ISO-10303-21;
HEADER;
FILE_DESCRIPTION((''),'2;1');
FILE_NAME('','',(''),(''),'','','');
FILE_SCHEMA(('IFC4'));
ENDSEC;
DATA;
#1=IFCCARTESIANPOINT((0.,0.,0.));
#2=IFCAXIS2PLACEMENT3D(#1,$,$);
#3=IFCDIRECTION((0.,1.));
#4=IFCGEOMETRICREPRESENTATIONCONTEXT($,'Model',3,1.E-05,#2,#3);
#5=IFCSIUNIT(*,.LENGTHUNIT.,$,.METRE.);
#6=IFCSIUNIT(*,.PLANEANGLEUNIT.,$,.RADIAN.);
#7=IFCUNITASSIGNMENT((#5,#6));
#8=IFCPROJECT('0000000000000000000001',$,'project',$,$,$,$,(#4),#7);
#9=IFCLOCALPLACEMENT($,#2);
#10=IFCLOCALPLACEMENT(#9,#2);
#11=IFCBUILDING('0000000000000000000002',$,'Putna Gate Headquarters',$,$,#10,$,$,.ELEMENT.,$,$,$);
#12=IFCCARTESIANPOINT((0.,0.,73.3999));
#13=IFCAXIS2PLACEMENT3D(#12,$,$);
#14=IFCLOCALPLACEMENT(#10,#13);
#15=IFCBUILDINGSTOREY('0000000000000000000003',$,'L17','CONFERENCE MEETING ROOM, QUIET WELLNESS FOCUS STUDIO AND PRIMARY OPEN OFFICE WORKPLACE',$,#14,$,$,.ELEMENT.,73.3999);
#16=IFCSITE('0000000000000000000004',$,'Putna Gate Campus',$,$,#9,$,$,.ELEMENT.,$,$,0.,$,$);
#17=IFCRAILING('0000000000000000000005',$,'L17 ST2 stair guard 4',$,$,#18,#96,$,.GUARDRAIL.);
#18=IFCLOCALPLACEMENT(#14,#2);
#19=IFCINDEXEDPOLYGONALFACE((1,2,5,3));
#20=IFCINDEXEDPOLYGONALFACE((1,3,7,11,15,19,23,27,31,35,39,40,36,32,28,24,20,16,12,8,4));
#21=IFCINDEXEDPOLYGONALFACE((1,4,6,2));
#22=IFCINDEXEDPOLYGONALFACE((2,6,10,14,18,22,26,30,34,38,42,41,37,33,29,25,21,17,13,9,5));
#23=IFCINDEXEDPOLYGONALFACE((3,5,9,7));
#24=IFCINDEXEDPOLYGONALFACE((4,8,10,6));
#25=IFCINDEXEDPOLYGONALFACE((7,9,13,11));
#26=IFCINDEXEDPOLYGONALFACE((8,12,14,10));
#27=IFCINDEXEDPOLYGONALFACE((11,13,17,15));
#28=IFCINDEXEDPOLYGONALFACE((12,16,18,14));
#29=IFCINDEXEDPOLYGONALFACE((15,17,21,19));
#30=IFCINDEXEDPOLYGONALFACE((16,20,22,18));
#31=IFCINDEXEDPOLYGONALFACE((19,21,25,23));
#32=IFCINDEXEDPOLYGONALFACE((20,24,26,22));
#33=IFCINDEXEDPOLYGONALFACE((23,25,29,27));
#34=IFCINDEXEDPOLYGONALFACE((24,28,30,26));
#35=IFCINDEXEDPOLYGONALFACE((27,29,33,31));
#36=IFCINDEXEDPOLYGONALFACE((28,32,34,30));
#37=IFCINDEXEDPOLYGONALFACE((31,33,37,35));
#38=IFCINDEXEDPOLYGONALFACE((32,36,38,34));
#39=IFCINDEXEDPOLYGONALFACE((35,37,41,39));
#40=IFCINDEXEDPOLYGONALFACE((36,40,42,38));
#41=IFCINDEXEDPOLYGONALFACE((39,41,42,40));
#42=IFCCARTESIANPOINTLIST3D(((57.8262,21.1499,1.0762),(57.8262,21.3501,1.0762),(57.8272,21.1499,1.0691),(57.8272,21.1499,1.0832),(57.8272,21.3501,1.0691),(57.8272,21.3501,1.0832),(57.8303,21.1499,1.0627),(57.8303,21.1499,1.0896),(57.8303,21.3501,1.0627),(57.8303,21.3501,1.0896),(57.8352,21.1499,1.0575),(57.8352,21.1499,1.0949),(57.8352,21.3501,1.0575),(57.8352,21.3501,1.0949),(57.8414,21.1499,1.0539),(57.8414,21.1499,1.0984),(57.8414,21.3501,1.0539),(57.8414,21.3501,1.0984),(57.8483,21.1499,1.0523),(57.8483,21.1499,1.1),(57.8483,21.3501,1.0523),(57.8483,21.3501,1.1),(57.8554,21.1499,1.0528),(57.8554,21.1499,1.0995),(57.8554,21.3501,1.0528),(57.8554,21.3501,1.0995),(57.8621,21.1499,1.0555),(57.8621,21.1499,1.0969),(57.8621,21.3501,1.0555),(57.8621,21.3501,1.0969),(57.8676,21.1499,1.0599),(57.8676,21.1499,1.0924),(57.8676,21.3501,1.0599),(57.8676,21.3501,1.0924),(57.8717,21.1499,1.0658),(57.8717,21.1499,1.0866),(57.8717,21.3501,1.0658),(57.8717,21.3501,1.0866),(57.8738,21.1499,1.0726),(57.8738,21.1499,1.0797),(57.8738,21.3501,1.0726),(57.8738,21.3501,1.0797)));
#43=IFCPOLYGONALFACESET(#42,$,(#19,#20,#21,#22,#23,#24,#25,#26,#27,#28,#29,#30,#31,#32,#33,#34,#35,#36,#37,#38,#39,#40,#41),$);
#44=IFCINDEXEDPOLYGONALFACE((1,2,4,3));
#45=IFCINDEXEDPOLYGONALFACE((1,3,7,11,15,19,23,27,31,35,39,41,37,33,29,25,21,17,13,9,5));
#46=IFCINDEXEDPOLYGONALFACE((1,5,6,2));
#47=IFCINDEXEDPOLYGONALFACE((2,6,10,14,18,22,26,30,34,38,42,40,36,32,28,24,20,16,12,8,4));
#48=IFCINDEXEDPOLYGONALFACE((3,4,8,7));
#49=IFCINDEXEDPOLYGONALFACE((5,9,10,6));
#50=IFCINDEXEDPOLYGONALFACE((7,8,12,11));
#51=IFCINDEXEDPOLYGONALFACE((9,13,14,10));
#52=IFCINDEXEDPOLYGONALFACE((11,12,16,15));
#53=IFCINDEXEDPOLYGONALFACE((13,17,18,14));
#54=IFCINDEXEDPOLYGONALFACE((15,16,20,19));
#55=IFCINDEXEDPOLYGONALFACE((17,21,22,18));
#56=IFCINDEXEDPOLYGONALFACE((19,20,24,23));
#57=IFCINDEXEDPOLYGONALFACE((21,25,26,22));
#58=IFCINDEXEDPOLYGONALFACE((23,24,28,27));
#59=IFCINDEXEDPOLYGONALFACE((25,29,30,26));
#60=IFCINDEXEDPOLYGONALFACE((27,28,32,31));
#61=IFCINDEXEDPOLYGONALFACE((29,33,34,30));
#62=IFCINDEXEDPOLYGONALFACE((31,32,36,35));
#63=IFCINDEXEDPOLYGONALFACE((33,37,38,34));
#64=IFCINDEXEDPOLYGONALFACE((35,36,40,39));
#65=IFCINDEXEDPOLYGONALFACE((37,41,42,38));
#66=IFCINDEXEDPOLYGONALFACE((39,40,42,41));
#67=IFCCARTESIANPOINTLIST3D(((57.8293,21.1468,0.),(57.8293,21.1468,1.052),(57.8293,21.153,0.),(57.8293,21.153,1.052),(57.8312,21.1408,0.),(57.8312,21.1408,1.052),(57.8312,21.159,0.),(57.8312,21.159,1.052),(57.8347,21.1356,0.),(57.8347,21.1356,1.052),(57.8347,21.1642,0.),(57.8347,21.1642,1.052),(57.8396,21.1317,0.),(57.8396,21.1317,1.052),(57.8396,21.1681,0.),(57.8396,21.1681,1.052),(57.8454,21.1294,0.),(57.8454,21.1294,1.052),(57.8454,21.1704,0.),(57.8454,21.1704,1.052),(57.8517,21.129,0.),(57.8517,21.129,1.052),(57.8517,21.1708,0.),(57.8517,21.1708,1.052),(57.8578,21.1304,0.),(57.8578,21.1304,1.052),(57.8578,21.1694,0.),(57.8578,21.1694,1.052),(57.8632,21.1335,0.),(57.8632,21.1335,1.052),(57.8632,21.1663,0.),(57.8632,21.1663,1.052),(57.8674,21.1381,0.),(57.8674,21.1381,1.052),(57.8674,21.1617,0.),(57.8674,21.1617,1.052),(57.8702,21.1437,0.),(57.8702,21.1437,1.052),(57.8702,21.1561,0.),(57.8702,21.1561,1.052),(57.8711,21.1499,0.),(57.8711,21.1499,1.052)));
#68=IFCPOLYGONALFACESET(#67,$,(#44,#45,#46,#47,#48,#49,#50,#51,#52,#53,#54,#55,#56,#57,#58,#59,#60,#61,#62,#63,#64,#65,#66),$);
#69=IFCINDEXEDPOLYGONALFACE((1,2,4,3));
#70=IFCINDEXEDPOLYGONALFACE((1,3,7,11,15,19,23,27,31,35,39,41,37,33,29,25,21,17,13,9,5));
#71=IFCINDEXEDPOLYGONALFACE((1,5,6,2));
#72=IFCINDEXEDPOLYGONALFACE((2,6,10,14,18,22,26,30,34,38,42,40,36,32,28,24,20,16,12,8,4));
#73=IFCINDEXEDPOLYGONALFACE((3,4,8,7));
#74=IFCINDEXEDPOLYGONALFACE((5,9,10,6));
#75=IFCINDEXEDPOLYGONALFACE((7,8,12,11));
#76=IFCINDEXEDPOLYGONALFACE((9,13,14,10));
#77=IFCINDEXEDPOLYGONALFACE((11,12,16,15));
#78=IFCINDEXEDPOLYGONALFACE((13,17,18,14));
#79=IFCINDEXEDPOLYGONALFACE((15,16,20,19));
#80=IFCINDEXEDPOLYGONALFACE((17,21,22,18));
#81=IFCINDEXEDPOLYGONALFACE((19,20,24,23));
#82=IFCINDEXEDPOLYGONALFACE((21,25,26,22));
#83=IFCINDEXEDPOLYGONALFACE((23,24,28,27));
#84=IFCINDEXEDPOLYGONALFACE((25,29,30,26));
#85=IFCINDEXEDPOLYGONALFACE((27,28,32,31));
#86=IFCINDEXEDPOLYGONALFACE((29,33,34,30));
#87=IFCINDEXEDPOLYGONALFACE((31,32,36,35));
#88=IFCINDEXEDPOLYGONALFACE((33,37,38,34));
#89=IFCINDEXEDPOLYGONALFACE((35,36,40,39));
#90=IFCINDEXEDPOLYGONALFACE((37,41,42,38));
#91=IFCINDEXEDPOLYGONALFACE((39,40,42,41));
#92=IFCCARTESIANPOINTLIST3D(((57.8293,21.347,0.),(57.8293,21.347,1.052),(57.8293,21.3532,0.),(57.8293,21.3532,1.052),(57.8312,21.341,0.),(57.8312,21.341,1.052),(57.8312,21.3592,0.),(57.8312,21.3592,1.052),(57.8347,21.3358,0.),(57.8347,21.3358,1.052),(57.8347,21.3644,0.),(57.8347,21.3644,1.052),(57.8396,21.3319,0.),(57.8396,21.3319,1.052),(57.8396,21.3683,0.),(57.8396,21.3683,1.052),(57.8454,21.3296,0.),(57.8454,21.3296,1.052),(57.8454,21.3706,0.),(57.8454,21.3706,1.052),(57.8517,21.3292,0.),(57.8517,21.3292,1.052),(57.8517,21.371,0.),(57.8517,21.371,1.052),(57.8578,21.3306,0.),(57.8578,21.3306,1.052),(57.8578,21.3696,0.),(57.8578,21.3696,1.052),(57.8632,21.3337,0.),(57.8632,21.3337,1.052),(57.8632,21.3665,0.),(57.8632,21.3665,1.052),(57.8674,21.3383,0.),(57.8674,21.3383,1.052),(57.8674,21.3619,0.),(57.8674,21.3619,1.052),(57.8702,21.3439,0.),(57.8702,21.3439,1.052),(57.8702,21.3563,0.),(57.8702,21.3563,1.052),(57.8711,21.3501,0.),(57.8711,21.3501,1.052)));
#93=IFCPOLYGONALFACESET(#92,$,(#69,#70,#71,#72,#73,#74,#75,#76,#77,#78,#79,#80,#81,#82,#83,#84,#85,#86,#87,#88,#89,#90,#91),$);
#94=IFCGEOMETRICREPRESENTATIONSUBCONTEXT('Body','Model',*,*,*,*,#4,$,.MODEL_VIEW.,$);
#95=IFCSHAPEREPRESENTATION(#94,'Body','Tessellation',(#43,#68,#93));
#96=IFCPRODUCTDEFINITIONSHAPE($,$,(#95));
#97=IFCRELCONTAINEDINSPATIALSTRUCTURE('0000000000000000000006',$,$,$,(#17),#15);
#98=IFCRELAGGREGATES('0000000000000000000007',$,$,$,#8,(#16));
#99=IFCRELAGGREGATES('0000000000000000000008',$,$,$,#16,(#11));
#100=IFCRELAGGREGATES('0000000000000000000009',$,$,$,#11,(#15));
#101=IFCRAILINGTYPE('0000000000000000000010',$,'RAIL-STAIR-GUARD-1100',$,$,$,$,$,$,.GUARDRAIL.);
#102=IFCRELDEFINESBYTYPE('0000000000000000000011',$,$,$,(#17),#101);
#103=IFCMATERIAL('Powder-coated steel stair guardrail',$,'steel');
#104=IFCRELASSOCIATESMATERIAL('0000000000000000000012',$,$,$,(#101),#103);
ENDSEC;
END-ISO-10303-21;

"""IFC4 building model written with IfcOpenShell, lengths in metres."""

from ifc_helpers import new_model, si_unit, direction, frame, origin, origin_2d, place, context, subcontext, project, spatial, circle, extrude, material, type_object, element, save


model = new_model("IFC4")

# Units and contexts
model_context = context("Model", 3, precision=1e-05, world=origin(), true_north=direction((0.0, 1.0)))
body_context = subcontext(model_context, "Body", "Model", "MODEL_VIEW")
ifc_project = project(units=[si_unit("LENGTHUNIT", "METRE"), si_unit("PLANEANGLEUNIT", "RADIAN")], contexts=[model_context])

# Site, building, storey
site_placement = place(None, origin())
site = spatial("IfcSite", under=ifc_project, at=site_placement, Name="Putna Gate Campus", CompositionType="ELEMENT", RefElevation=0.0)
building_placement = place(site_placement, origin())
building = spatial("IfcBuilding", under=site, at=building_placement, Name="Putna Gate Headquarters", CompositionType="ELEMENT")
storey_placement = place(building_placement, frame((0.0, 0.0, 73.3999)))
storey = spatial("IfcBuildingStorey", under=building, at=storey_placement, Name="L17", Description="CONFERENCE MEETING ROOM, QUIET WELLNESS FOCUS STUDIO AND PRIMARY OPEN OFFICE WORKPLACE", CompositionType="ELEMENT", Elevation=73.3999)

# Railing
ifc_material_1 = material(Name="Powder-coated steel stair guardrail", Category="steel")
railing_type_1 = type_object("IfcRailingType", Name="RAIL-STAIR-GUARD-1100", PredefinedType="GUARDRAIL", material=ifc_material_1)
railing_1_placement = place(storey_placement, frame((57.8501, 21.1499, 0.0)))
element("IfcRailing", 1, at=railing_1_placement, inside=storey, type_object=railing_type_1, Name="L17 ST2 stair guard 4", PredefinedType="GUARDRAIL", context=body_context, shape_type="SweptSolid", body=[
    extrude(circle(Radius=0.0239, at=origin_2d()), frame((0.0, 0.0, 1.0762), z_axis=(0.0, 1.0, 0.0), x_axis=(-1.0, 0.0, 0.0)), (0.0, 0.0, 1.0), 0.2002),
    extrude(circle(Radius=0.021, at=origin_2d()), origin(), (0.0, 0.0, 1.0), 1.052),
    extrude(circle(Radius=0.021, at=origin_2d()), frame((0.0, 0.2002, 0.0)), (0.0, 0.0, 1.0), 1.052),
])

save(model, "model.ifc")
